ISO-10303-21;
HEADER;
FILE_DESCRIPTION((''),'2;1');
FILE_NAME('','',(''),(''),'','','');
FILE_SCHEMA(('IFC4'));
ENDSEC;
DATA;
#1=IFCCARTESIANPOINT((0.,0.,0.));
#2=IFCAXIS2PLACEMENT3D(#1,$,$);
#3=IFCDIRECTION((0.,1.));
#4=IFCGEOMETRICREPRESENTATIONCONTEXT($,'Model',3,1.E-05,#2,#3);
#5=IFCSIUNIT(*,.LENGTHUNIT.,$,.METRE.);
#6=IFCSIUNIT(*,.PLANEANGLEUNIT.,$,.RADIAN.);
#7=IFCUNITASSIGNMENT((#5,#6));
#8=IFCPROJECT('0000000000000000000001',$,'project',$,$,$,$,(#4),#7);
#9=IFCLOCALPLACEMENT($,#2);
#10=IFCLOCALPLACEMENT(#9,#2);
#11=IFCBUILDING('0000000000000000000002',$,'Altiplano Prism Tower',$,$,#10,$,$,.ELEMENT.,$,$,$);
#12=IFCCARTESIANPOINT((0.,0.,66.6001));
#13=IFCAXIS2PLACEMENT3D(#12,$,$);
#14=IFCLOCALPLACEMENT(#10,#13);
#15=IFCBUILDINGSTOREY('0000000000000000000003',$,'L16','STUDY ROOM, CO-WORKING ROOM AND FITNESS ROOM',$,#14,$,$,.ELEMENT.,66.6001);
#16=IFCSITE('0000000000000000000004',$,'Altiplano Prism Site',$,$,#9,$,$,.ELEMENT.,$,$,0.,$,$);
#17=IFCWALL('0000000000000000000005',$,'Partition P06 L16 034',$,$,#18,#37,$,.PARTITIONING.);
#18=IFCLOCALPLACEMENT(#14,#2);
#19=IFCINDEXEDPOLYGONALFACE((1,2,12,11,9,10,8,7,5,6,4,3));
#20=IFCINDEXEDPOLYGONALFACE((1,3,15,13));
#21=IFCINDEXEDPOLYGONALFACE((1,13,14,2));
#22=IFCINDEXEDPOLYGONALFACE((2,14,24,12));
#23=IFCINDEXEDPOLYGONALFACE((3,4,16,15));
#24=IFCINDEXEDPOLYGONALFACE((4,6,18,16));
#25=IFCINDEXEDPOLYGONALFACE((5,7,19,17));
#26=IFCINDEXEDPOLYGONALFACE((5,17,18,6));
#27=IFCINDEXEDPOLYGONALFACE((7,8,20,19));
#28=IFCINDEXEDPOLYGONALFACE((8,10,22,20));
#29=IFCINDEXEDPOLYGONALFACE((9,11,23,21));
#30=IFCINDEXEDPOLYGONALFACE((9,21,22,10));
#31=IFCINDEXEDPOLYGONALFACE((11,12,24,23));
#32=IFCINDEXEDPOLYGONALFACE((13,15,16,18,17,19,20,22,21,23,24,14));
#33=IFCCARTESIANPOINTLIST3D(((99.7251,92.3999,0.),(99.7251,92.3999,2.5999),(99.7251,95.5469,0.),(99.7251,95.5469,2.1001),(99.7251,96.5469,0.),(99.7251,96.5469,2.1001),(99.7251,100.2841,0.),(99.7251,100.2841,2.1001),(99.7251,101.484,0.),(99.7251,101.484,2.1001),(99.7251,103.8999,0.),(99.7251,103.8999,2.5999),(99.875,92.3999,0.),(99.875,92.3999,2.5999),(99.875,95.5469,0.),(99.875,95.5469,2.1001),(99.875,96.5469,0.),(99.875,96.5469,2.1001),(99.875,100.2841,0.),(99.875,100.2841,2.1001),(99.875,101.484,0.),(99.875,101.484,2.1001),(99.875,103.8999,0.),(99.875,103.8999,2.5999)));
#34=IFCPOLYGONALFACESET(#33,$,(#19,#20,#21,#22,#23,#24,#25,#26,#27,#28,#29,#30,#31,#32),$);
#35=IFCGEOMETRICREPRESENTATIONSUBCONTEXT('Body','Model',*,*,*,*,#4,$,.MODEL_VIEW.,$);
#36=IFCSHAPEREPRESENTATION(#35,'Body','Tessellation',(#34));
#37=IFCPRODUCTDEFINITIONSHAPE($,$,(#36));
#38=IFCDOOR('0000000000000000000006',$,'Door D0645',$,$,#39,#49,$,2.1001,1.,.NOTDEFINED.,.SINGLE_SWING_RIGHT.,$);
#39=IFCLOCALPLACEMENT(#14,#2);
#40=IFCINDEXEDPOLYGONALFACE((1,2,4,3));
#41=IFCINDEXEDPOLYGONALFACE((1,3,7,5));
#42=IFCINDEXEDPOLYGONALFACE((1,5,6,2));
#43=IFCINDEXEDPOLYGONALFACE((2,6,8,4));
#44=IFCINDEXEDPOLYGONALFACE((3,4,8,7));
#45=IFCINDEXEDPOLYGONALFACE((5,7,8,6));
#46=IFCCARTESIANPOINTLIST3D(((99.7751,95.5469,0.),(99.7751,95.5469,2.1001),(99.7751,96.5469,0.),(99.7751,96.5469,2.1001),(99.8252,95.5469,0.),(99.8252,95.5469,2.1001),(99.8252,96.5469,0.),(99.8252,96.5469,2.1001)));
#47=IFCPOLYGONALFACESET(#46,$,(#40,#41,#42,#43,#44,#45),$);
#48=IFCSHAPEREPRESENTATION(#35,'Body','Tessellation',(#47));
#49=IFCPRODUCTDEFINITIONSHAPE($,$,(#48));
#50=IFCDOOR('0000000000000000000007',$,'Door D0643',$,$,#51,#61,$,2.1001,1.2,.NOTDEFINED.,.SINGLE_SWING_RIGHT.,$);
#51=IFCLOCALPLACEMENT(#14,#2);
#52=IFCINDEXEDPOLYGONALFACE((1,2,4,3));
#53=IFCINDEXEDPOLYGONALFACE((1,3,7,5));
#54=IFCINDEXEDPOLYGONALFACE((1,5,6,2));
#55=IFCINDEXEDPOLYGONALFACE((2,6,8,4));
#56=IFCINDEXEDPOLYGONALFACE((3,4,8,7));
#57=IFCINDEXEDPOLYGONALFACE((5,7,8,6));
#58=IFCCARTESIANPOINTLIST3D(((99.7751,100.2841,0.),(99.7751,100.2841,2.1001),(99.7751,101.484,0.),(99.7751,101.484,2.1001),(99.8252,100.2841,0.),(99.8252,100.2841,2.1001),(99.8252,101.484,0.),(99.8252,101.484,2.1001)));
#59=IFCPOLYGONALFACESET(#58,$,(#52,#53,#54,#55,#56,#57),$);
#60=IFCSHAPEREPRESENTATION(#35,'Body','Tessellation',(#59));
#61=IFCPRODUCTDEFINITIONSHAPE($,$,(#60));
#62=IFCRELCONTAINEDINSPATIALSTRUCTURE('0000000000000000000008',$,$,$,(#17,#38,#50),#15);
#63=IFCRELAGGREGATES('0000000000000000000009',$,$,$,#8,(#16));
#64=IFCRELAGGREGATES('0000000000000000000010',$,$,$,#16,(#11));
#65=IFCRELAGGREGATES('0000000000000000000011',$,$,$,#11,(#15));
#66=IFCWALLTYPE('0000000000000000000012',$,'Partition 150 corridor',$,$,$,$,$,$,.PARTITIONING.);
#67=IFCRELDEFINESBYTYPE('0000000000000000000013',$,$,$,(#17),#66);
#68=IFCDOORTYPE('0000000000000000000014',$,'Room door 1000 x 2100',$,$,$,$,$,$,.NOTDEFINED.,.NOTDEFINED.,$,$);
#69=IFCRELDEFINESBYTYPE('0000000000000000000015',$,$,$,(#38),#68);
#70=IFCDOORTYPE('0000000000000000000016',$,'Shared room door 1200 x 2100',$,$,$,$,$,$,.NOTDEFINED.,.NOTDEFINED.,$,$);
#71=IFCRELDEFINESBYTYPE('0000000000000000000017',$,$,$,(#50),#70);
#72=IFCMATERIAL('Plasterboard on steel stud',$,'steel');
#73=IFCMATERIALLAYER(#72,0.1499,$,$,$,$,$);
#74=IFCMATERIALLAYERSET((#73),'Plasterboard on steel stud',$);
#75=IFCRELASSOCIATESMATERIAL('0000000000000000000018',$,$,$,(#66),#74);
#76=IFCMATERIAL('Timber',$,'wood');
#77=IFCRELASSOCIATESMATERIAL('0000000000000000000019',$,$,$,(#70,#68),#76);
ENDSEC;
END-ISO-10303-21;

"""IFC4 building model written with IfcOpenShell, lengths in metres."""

from ifc_helpers import new_model, si_unit, direction, frame, frame_2d, origin, place, context, subcontext, project, spatial, rectangle, extrude, material, layer, layer_set, type_object, element, fill, save


model = new_model("IFC4")

# Units and contexts
model_context = context("Model", 3, precision=1e-05, world=origin(), true_north=direction((0.0, 1.0)))
body_context = subcontext(model_context, "Body", "Model", "MODEL_VIEW")
ifc_project = project(units=[si_unit("LENGTHUNIT", "METRE"), si_unit("PLANEANGLEUNIT", "RADIAN")], contexts=[model_context])

# Site, building, storey
site_placement = place(None, origin())
site = spatial("IfcSite", under=ifc_project, at=site_placement, Name="Altiplano Prism Site", CompositionType="ELEMENT", RefElevation=0.0)
building_placement = place(site_placement, origin())
building = spatial("IfcBuilding", under=site, at=building_placement, Name="Altiplano Prism Tower", CompositionType="ELEMENT")
storey_placement = place(building_placement, frame((0.0, 0.0, 66.6001)))
storey = spatial("IfcBuildingStorey", under=building, at=storey_placement, Name="L16", Description="STUDY ROOM, CO-WORKING ROOM AND FITNESS ROOM", CompositionType="ELEMENT", Elevation=66.6001)

# Shared definitions
ifc_material_1 = material(Name="Plasterboard on steel stud", Category="steel")
ifc_layer_1 = layer(ifc_material_1, 0.1499)
ifc_layer_set_1 = layer_set([ifc_layer_1], Name="Plasterboard on steel stud")
wall_type_1 = type_object("IfcWallType", Name="Partition 150 corridor", PredefinedType="PARTITIONING", material=ifc_layer_set_1)

# Shared definitions
ifc_material_2 = material(Name="Timber", Category="wood")
door_type_1 = type_object("IfcDoorType", Name="Shared room door 1200 x 2100", OperationType="NOTDEFINED", PredefinedType="NOTDEFINED", material=ifc_material_2)

# Wall, openings, doors
wall_1_placement = place(storey_placement, frame((99.8, 92.3999, 0.0), z_axis=(0.0, 0.0, 1.0), x_axis=(0.0, 1.0, 0.0)))
wall_1 = element("IfcWall", 1, at=wall_1_placement, inside=storey, type_object=wall_type_1, Name="Partition P06 L16 034", PredefinedType="PARTITIONING", context=body_context, shape_type="SweptSolid", body=[
    extrude(rectangle(XDim=11.5, YDim=0.1499, at=frame_2d((5.75, 0.0))), origin(), (0.0, 0.0, 1.0), 2.5999),
])
opening_1_placement = place(wall_1_placement, frame((7.884, 0.0, 0.0)))
opening_1 = element("IfcOpeningElement", 2, at=opening_1_placement, cuts=wall_1, PredefinedType="OPENING", context=body_context, shape_type="SweptSolid", body=[
    extrude(rectangle(XDim=1.2, YDim=2.1001, at=frame_2d((0.6001, 1.05))), frame((0.0, 0.0854, 0.0), z_axis=(0.0, -1.0, 0.0), x_axis=(1.0, 0.0, 0.0)), (0.0, 0.0, 1.0), 0.1709),
])
opening_2_placement = place(wall_1_placement, frame((3.147, 0.0, 0.0)))
opening_2 = element("IfcOpeningElement", 3, at=opening_2_placement, cuts=wall_1, PredefinedType="OPENING", context=body_context, shape_type="SweptSolid", body=[
    extrude(rectangle(XDim=1.0, YDim=2.1001, at=frame_2d((0.5, 1.05))), frame((0.0, 0.0854, 0.0), z_axis=(0.0, -1.0, 0.0), x_axis=(1.0, 0.0, 0.0)), (0.0, 0.0, 1.0), 0.1709),
])
door_type_2 = type_object("IfcDoorType", Name="Room door 1000 x 2100", OperationType="NOTDEFINED", PredefinedType="NOTDEFINED", material=ifc_material_2)
door_1_placement = place(opening_2_placement, origin())
door_1 = element("IfcDoor", 4, at=door_1_placement, inside=storey, type_object=door_type_2, Name="Door D0645", OperationType="SINGLE_SWING_RIGHT", OverallHeight=2.1001, OverallWidth=1.0, PredefinedType="NOTDEFINED", context=body_context, shape_type="SweptSolid", body=[
    extrude(rectangle(XDim=1.0, YDim=2.1001, at=frame_2d((0.5, 1.05))), frame((0.0, 0.0249, 0.0), z_axis=(0.0, -1.0, 0.0), x_axis=(1.0, 0.0, 0.0)), (0.0, 0.0, 1.0), 0.05),
])
fill(opening_2, door_1)
door_2_placement = place(opening_1_placement, origin())
door_2 = element("IfcDoor", 5, at=door_2_placement, inside=storey, type_object=door_type_1, Name="Door D0643", OperationType="SINGLE_SWING_RIGHT", OverallHeight=2.1001, OverallWidth=1.2, PredefinedType="NOTDEFINED", context=body_context, shape_type="SweptSolid", body=[
    extrude(rectangle(XDim=1.2, YDim=2.1001, at=frame_2d((0.6001, 1.05))), frame((0.0, 0.0249, 0.0), z_axis=(0.0, -1.0, 0.0), x_axis=(1.0, 0.0, 0.0)), (0.0, 0.0, 1.0), 0.05),
])
fill(opening_1, door_2)

save(model, "model.ifc")
